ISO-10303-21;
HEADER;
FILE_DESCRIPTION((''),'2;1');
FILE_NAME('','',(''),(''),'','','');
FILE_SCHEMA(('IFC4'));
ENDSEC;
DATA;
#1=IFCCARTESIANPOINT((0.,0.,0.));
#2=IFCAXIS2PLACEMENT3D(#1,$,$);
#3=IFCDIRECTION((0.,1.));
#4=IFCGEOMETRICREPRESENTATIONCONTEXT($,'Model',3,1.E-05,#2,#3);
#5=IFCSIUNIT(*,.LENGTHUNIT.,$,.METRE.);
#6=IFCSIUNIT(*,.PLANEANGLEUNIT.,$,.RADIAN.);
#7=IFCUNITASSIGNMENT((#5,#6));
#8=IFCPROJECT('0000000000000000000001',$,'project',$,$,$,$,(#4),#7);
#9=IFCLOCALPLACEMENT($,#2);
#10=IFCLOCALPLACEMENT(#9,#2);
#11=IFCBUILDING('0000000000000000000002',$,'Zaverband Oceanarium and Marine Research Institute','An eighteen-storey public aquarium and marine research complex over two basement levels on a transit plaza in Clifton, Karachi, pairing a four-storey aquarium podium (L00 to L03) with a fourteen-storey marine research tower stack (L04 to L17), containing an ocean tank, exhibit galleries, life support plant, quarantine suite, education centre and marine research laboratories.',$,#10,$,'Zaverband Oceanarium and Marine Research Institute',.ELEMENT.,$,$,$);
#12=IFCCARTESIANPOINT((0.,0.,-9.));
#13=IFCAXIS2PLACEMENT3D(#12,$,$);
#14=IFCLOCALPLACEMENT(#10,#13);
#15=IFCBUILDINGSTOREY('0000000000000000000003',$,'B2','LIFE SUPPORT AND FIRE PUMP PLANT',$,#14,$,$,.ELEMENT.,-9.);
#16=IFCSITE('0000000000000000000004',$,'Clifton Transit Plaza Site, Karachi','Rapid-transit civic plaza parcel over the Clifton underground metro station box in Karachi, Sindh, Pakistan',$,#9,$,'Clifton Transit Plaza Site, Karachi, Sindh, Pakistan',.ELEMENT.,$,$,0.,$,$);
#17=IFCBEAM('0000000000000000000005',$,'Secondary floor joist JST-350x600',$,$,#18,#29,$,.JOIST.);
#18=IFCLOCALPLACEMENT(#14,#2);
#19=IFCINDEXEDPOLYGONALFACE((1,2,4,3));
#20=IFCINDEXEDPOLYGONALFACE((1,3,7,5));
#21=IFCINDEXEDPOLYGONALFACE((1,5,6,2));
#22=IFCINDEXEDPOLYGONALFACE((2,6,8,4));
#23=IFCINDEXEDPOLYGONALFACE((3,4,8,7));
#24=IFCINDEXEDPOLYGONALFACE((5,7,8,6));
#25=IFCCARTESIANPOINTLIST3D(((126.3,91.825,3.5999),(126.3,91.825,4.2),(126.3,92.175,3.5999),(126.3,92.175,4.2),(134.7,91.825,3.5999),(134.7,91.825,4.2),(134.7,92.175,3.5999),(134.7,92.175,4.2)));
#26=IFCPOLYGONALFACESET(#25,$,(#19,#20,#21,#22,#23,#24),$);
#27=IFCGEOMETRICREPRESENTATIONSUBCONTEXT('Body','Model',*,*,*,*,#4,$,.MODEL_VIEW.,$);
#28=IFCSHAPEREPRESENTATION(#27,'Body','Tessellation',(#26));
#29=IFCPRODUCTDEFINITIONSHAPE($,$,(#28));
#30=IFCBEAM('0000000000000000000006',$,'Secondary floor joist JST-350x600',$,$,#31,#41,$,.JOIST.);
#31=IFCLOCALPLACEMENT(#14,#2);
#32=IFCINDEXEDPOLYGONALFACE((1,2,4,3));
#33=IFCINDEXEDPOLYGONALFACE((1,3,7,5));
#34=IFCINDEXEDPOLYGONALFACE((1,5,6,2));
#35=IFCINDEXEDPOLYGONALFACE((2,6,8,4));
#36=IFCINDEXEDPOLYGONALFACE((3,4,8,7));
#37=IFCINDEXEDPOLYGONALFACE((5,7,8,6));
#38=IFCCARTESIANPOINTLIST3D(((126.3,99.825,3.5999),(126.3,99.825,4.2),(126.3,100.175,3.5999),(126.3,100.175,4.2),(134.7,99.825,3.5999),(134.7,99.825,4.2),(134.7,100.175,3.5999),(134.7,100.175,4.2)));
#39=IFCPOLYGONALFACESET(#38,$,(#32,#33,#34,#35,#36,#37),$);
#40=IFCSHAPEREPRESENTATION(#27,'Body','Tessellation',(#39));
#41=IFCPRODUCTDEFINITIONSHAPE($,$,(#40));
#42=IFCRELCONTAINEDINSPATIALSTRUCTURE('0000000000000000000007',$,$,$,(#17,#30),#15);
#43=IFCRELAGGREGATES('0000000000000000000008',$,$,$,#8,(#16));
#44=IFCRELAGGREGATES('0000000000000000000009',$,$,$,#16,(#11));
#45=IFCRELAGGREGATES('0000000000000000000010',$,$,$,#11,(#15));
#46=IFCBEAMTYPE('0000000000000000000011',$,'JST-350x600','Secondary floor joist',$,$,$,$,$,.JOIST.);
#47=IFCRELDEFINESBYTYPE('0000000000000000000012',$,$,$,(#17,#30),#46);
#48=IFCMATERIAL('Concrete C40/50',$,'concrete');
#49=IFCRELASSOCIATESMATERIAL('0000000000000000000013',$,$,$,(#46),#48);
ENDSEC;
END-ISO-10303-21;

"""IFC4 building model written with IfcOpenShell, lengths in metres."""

from ifc_helpers import new_model, si_unit, direction, frame, origin, origin_2d, place, context, subcontext, project, spatial, rectangle, extrude, material, material_profile, profile_set, type_object, element, save


model = new_model("IFC4")

# Units and contexts
model_context = context("Model", 3, precision=1e-05, world=origin(), true_north=direction((0.0, 1.0)))
body_context = subcontext(model_context, "Body", "Model", "MODEL_VIEW")
ifc_project = project(units=[si_unit("LENGTHUNIT", "METRE"), si_unit("PLANEANGLEUNIT", "RADIAN")], contexts=[model_context])

# Site, building, storey
site_placement = place(None, origin())
site = spatial("IfcSite", under=ifc_project, at=site_placement, Name="Clifton Transit Plaza Site, Karachi", Description="Rapid-transit civic plaza parcel over the Clifton underground metro station box in Karachi, Sindh, Pakistan", LongName="Clifton Transit Plaza Site, Karachi, Sindh, Pakistan", CompositionType="ELEMENT", RefElevation=0.0)
building_placement = place(site_placement, origin())
building = spatial("IfcBuilding", under=site, at=building_placement, Name="Zaverband Oceanarium and Marine Research Institute", Description="An eighteen-storey public aquarium and marine research complex over two basement levels on a transit plaza in Clifton, Karachi, pairing a four-storey aquarium podium (L00 to L03) with a fourteen-storey marine research tower stack (L04 to L17), containing an ocean tank, exhibit galleries, life support plant, quarantine suite, education centre and marine research laboratories.", LongName="Zaverband Oceanarium and Marine Research Institute", CompositionType="ELEMENT")
storey_placement = place(building_placement, frame((0.0, 0.0, -9.0)))
storey = spatial("IfcBuildingStorey", under=building, at=storey_placement, Name="B2", Description="LIFE SUPPORT AND FIRE PUMP PLANT", CompositionType="ELEMENT", Elevation=-9.0)

# Beams
ifc_material_1 = material(Name="Concrete C40/50", Category="concrete")
ifc_material_profile_1 = material_profile(ifc_material_1, rectangle(XDim=0.3501, YDim=0.6001, at=origin_2d()), Name="RC350x600")
ifc_profile_set_1 = profile_set([ifc_material_profile_1], Name="Concrete C40/50")
beam_type_1 = type_object("IfcBeamType", Name="JST-350x600", Description="Secondary floor joist", PredefinedType="JOIST", material=ifc_profile_set_1)
for number, where, z_axis, x_axis, name in (
    (1, (126.3, 92.0, 3.8999), (1.0, 0.0, 0.0), (0.0, 1.0, 0.0), "Secondary floor joist JST-350x600"),
    (2, (126.3, 100.0, 3.8999), (1.0, 0.0, 0.0), (0.0, 1.0, 0.0), "Secondary floor joist JST-350x600"),
):
    element("IfcBeam", number, at=place(storey_placement, frame(where, z_axis=z_axis, x_axis=x_axis)), inside=storey, type_object=beam_type_1, Name=name, PredefinedType="JOIST", context=body_context, shape_type="SweptSolid", body=[
        extrude(rectangle(XDim=0.3501, YDim=0.6001, at=origin_2d()), origin(), (0.0, 0.0, 1.0), 8.3999),
    ])

save(model, "model.ifc")
